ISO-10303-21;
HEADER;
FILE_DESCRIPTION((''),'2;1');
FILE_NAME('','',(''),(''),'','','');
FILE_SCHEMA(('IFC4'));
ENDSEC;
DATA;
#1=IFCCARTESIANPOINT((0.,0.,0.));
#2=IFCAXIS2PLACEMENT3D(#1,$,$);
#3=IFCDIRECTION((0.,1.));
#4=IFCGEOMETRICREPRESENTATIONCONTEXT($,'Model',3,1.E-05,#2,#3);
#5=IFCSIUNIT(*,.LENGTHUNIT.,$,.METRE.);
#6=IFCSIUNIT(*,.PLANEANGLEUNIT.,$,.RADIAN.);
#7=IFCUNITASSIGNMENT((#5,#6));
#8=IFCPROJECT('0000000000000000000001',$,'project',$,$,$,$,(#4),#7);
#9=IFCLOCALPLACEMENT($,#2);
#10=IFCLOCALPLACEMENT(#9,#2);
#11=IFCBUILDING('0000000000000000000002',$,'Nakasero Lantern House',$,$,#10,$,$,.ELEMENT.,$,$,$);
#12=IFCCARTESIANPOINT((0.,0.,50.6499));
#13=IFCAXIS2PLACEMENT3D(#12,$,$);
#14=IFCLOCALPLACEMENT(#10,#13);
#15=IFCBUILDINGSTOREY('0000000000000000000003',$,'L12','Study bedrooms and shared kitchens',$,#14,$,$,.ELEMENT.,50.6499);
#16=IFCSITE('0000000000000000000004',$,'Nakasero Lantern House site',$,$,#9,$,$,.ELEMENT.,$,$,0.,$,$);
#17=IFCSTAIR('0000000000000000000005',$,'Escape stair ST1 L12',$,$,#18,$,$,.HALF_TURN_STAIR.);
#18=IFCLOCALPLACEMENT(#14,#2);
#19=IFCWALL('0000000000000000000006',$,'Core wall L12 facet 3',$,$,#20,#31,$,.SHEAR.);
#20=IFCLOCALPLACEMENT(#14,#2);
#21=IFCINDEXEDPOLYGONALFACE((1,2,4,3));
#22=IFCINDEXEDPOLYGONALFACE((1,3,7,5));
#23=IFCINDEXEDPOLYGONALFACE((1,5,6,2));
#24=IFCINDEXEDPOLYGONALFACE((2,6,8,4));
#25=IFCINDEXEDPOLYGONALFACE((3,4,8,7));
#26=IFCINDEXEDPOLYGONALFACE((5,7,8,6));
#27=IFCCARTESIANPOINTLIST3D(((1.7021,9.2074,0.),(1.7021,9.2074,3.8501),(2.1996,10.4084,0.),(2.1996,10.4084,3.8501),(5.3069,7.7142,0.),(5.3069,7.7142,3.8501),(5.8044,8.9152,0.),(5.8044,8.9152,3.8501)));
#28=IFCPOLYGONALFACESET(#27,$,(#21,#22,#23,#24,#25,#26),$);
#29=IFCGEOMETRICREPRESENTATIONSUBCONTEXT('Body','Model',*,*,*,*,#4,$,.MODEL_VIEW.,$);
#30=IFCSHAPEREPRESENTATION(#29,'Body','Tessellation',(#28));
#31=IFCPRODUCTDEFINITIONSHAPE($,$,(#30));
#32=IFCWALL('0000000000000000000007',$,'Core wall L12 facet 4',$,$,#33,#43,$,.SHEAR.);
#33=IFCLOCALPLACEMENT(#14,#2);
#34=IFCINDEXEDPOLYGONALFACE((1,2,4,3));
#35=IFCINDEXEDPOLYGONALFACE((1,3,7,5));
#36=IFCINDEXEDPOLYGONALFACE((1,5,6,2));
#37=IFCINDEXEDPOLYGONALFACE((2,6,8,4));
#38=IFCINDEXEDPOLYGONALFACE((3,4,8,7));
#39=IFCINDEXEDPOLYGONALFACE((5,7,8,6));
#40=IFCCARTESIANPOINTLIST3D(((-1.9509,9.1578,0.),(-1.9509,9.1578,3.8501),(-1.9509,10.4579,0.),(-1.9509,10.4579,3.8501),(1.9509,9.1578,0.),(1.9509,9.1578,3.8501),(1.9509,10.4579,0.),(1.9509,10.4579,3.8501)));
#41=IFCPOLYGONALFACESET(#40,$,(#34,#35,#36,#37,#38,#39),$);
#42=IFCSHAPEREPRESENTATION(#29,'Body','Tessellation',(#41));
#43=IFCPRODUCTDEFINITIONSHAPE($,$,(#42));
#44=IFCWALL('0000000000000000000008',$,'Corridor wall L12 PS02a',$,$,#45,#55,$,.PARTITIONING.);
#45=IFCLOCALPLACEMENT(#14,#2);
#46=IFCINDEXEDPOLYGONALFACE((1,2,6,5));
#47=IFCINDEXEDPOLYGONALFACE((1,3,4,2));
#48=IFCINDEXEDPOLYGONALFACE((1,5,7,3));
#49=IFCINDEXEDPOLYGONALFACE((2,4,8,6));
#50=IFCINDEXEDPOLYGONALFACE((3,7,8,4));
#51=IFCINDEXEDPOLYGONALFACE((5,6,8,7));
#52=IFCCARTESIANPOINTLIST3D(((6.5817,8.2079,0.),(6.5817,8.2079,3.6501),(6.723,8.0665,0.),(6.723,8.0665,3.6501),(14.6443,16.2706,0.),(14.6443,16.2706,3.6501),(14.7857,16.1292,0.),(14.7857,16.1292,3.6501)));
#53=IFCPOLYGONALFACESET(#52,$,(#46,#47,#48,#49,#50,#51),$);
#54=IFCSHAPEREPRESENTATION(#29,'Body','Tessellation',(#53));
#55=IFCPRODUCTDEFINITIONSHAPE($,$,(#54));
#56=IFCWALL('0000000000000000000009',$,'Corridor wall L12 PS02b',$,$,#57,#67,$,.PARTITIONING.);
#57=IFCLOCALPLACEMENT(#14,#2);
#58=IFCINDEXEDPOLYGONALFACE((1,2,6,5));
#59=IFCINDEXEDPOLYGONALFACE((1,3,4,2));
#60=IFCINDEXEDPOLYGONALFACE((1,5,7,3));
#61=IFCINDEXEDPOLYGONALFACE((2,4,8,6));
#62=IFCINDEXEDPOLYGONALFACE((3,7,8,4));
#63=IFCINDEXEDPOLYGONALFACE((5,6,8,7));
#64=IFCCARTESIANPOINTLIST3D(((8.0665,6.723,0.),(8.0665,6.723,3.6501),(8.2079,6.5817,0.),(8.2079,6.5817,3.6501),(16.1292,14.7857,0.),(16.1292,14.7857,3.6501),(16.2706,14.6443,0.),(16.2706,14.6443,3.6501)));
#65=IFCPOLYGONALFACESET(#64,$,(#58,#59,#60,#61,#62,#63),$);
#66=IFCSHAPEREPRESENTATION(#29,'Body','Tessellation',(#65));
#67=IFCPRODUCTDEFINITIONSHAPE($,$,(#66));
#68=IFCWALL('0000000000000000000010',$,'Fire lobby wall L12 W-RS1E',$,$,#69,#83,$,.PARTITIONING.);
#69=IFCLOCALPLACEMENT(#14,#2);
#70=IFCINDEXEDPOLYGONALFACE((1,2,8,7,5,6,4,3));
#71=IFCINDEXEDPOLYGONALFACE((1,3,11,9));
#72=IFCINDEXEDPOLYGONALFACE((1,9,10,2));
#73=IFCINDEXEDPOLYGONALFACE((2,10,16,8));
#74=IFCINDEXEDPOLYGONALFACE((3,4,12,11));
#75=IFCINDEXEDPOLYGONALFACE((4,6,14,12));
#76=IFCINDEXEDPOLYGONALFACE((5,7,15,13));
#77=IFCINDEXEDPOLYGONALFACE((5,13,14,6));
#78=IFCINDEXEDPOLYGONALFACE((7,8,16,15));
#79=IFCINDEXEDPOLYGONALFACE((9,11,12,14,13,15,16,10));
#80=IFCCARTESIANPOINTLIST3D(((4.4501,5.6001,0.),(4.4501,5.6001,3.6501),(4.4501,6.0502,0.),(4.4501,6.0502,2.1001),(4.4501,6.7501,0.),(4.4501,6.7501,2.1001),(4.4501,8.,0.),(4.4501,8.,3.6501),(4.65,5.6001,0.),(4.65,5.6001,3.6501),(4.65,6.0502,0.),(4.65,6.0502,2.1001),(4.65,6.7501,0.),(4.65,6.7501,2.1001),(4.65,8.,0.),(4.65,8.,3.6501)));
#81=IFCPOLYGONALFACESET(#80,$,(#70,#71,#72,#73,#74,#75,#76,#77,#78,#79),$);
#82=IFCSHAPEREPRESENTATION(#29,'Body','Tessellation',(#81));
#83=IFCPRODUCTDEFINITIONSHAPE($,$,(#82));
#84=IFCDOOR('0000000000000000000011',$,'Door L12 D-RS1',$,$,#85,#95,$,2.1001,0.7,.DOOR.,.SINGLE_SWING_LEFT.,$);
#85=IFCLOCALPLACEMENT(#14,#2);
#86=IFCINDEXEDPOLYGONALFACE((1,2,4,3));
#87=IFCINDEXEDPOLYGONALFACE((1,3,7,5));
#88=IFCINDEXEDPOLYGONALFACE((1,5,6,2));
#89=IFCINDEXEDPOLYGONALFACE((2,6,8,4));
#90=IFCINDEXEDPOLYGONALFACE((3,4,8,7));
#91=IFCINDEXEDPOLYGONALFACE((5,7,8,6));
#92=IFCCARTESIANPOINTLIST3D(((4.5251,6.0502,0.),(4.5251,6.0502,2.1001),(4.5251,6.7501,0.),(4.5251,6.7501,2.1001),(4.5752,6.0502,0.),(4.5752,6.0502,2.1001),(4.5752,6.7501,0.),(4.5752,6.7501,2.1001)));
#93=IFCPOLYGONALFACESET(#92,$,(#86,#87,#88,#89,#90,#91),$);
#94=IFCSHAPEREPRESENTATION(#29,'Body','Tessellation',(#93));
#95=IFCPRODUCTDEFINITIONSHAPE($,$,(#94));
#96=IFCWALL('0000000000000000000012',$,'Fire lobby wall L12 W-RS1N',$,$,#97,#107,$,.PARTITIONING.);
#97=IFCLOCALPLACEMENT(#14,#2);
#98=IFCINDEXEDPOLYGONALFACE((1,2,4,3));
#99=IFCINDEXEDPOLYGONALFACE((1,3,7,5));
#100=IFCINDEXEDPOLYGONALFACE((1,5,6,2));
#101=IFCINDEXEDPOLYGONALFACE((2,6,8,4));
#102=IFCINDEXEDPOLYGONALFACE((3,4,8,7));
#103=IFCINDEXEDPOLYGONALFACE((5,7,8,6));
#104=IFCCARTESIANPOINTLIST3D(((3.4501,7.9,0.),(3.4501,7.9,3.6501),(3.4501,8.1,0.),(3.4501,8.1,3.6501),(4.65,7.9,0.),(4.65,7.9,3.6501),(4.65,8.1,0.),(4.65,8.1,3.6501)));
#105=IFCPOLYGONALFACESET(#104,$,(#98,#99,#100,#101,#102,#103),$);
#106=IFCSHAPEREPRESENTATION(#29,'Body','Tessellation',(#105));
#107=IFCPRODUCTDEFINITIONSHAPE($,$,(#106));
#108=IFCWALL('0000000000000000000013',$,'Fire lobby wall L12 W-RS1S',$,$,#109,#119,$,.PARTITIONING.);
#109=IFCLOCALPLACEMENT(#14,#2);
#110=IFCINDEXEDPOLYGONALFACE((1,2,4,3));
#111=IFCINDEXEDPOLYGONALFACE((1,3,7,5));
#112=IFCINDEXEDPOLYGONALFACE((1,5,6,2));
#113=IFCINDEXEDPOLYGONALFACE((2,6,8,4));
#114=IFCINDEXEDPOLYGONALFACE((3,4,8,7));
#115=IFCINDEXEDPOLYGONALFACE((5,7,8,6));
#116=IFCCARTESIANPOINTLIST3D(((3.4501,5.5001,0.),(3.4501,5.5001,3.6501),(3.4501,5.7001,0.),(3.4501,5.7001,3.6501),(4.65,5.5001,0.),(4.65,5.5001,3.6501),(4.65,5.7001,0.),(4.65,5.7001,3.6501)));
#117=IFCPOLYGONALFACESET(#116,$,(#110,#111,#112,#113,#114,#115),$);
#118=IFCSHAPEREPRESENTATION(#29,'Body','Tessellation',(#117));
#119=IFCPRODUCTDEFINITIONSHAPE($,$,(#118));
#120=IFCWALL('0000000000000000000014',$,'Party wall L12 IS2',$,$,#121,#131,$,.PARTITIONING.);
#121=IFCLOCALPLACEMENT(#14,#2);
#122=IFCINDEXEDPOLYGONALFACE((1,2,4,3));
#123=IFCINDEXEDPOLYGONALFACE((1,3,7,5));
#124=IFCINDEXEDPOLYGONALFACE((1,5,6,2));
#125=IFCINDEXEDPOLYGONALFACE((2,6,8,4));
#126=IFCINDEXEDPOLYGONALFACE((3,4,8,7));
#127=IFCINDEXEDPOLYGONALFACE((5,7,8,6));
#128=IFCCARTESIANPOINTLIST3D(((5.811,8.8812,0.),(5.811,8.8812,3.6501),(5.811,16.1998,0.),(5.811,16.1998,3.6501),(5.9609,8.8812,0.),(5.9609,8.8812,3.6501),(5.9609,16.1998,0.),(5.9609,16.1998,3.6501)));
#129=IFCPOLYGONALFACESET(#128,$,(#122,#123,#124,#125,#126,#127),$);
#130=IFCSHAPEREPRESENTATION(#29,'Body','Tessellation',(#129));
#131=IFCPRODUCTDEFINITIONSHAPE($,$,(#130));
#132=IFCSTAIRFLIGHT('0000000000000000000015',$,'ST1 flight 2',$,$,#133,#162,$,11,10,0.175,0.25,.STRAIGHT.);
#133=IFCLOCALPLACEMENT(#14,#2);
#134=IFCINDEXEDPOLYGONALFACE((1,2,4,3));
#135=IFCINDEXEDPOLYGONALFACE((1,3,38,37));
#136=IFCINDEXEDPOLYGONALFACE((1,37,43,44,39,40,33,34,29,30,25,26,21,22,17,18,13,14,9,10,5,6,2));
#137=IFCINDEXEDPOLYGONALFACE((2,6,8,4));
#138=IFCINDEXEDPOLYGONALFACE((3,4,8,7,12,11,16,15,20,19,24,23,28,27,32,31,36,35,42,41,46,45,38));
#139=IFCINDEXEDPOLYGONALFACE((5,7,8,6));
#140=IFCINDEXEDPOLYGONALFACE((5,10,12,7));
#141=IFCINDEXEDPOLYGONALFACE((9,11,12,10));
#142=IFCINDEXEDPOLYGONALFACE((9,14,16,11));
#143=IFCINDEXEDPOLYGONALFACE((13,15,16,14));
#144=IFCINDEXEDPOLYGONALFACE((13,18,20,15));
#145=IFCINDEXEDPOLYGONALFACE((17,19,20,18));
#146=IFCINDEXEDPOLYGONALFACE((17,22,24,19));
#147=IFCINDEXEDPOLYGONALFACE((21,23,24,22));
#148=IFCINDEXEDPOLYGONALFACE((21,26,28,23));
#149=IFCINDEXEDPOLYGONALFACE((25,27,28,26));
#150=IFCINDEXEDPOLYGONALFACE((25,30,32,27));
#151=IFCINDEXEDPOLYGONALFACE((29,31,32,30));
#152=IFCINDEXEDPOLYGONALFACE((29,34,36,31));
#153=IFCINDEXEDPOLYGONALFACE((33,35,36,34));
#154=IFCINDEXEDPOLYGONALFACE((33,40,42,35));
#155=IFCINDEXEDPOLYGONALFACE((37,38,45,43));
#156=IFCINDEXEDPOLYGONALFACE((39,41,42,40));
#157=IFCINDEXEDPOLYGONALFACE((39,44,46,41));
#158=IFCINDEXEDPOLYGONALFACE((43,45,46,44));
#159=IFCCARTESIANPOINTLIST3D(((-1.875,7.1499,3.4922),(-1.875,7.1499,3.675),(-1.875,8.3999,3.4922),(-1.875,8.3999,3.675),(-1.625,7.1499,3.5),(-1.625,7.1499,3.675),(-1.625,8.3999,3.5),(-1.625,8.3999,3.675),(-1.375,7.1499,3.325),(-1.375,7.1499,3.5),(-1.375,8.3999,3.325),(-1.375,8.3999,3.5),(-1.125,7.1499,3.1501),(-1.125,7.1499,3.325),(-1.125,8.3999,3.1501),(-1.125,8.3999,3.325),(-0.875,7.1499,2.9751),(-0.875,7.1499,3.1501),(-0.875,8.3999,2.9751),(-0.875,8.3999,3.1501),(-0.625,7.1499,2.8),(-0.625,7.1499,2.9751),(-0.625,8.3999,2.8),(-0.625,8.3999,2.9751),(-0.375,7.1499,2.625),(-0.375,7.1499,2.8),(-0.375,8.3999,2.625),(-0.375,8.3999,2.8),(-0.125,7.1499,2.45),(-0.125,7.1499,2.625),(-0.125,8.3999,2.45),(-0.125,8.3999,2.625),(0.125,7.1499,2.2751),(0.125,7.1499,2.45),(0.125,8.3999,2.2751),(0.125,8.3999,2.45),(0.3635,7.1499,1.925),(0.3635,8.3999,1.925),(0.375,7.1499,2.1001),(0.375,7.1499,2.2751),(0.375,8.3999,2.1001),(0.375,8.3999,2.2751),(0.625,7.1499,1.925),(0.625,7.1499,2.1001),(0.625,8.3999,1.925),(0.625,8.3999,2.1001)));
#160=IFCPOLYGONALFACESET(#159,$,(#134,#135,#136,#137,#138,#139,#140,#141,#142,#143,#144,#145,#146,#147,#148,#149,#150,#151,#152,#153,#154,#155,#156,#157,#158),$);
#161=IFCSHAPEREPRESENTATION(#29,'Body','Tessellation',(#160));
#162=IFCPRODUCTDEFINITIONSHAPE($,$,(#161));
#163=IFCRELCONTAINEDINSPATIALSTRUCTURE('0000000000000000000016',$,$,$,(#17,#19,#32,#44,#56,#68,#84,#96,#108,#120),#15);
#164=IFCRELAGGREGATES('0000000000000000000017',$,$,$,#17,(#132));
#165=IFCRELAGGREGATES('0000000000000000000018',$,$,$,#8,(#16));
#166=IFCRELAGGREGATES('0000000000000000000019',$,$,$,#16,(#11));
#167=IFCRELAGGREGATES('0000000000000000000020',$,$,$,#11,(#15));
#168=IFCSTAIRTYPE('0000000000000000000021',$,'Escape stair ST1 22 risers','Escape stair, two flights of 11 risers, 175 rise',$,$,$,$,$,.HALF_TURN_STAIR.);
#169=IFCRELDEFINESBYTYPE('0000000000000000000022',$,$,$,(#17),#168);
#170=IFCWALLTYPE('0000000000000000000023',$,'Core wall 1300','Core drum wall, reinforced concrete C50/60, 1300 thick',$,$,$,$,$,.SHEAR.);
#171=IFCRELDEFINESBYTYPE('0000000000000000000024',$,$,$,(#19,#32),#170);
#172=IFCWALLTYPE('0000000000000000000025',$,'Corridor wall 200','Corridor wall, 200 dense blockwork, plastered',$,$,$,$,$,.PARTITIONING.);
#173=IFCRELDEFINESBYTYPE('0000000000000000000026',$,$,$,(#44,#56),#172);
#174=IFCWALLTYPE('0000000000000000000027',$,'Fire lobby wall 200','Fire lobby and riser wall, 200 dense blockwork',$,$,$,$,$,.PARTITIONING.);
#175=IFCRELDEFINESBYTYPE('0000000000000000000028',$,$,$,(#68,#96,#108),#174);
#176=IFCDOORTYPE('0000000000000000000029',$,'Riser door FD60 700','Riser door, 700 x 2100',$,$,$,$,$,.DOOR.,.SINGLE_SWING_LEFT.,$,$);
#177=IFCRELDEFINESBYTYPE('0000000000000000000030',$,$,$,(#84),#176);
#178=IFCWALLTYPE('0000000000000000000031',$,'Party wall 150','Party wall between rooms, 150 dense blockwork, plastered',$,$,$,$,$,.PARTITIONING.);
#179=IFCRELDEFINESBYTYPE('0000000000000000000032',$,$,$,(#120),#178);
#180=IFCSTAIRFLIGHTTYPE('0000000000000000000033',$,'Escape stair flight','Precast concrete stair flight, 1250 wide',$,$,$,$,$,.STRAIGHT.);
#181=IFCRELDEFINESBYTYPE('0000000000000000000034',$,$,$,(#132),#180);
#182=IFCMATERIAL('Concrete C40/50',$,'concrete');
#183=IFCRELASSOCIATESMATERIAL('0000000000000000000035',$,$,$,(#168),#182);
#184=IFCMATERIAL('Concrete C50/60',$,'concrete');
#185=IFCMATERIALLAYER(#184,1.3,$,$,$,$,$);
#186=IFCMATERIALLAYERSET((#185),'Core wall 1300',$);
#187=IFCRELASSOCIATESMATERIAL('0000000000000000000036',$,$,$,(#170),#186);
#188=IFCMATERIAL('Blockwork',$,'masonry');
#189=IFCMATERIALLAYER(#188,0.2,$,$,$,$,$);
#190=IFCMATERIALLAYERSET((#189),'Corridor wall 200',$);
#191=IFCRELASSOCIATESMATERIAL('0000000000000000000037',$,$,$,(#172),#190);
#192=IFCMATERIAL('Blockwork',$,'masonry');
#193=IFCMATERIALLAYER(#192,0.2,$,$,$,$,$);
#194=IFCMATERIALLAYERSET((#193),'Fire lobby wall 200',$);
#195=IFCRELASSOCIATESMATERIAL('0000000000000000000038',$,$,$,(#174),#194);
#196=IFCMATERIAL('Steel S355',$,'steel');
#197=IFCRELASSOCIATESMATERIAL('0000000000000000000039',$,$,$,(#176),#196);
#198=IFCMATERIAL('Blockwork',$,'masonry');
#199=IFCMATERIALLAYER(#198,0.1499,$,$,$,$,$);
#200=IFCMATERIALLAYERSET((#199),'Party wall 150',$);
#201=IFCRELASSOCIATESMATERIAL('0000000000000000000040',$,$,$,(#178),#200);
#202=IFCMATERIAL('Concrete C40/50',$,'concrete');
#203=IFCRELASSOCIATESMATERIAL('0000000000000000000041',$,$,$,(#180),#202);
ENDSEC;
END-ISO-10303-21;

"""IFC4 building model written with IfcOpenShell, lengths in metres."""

from ifc_helpers import new_model, si_unit, direction, frame, frame_2d, origin, place, context, subcontext, project, spatial, polyline, rectangle, outline, extrude, material, layer, layer_set, type_object, element, fill, aggregate, save


model = new_model("IFC4")

# Units and contexts
model_context = context("Model", 3, precision=1e-05, world=origin(), true_north=direction((0.0, 1.0)))
body_context = subcontext(model_context, "Body", "Model", "MODEL_VIEW")
ifc_project = project(units=[si_unit("LENGTHUNIT", "METRE"), si_unit("PLANEANGLEUNIT", "RADIAN")], contexts=[model_context])

# Site, building, storey
site_placement = place(None, origin())
site = spatial("IfcSite", under=ifc_project, at=site_placement, Name="Nakasero Lantern House site", CompositionType="ELEMENT", RefElevation=0.0)
building_placement = place(site_placement, origin())
building = spatial("IfcBuilding", under=site, at=building_placement, Name="Nakasero Lantern House", CompositionType="ELEMENT")
storey_placement = place(building_placement, frame((0.0, 0.0, 50.6499)))
storey = spatial("IfcBuildingStorey", under=building, at=storey_placement, Name="L12", Description="Study bedrooms and shared kitchens", CompositionType="ELEMENT", Elevation=50.6499)

# Stair
ifc_material_1 = material(Name="Concrete C40/50", Category="concrete")
stair_type_1 = type_object("IfcStairType", Name="Escape stair ST1 22 risers", Description="Escape stair, two flights of 11 risers, 175 rise", PredefinedType="HALF_TURN_STAIR", material=ifc_material_1)
stair_1_placement = place(storey_placement, origin())
stair_1 = element("IfcStair", 1, at=stair_1_placement, inside=storey, type_object=stair_type_1, Name="Escape stair ST1 L12", PredefinedType="HALF_TURN_STAIR")

# Shared definitions
ifc_material_2 = material(Name="Concrete C50/60", Category="concrete")
ifc_layer_1 = layer(ifc_material_2, 1.3)
ifc_layer_set_1 = layer_set([ifc_layer_1], Name="Core wall 1300")
wall_type_1 = type_object("IfcWallType", Name="Core wall 1300", Description="Core drum wall, reinforced concrete C50/60, 1300 thick", PredefinedType="SHEAR", material=ifc_layer_set_1)

# Walls
for number, where, z_axis, x_axis, name in (
    (2, (5.5557, 8.3147, 0.0), (0.0, 0.0, 1.0), (-0.923877, 0.382691, 0.0), "Core wall L12 facet 3"),
    (3, (1.9509, 9.8079, 0.0), (0.0, 0.0, 1.0), (-1.0, 0.0, 0.0), "Core wall L12 facet 4"),
):
    element("IfcWall", number, at=place(storey_placement, frame(where, z_axis=z_axis, x_axis=x_axis)), inside=storey, type_object=wall_type_1, Name=name, PredefinedType="SHEAR", context=body_context, shape_type="SweptSolid", body=[
        extrude(rectangle(XDim=3.9019, YDim=1.3, at=frame_2d((1.9509, 0.0))), origin(), (0.0, 0.0, 1.0), 3.8501),
    ])
ifc_material_3 = material(Name="Blockwork", Category="masonry")
ifc_layer_2 = layer(ifc_material_3, 0.2)
ifc_layer_set_2 = layer_set([ifc_layer_2], Name="Corridor wall 200")
wall_type_2 = type_object("IfcWallType", Name="Corridor wall 200", Description="Corridor wall, 200 dense blockwork, plastered", PredefinedType="PARTITIONING", material=ifc_layer_set_2)
for number, where, z_axis, x_axis, name in (
    (4, (6.6523, 8.1372, 0.0), (0.0, 0.0, 1.0), (0.707107, 0.707107, 0.0), "Corridor wall L12 PS02a"),
    (5, (8.1372, 6.6523, 0.0), (0.0, 0.0, 1.0), (0.707107, 0.707107, 0.0), "Corridor wall L12 PS02b"),
):
    element("IfcWall", number, at=place(storey_placement, frame(where, z_axis=z_axis, x_axis=x_axis)), inside=storey, type_object=wall_type_2, Name=name, PredefinedType="PARTITIONING", context=body_context, shape_type="SweptSolid", body=[
        extrude(rectangle(XDim=11.4023, YDim=0.2, at=frame_2d((5.7012, 0.0))), origin(), (0.0, 0.0, 1.0), 3.6501),
    ])

# Wall, opening, door
ifc_material_4 = material(Name="Blockwork", Category="masonry")
ifc_layer_3 = layer(ifc_material_4, 0.2)
ifc_layer_set_3 = layer_set([ifc_layer_3], Name="Fire lobby wall 200")
wall_type_3 = type_object("IfcWallType", Name="Fire lobby wall 200", Description="Fire lobby and riser wall, 200 dense blockwork", PredefinedType="PARTITIONING", material=ifc_layer_set_3)
wall_1_placement = place(storey_placement, frame((4.55, 5.6001, 0.0), z_axis=(0.0, 0.0, 1.0), x_axis=(0.0, 1.0, 0.0)))
wall_1 = element("IfcWall", 6, at=wall_1_placement, inside=storey, type_object=wall_type_3, Name="Fire lobby wall L12 W-RS1E", PredefinedType="PARTITIONING", context=body_context, shape_type="SweptSolid", body=[
    extrude(rectangle(XDim=2.3999, YDim=0.2, at=frame_2d((1.2, 0.0))), origin(), (0.0, 0.0, 1.0), 3.6501),
])
opening_1_placement = place(wall_1_placement, frame((0.45, 0.0, 0.0)))
opening_1 = element("IfcOpeningElement", 7, at=opening_1_placement, cuts=wall_1, PredefinedType="OPENING", context=body_context, shape_type="SweptSolid", body=[
    extrude(rectangle(XDim=0.7, YDim=2.1001, at=frame_2d((0.3501, 1.05))), frame((0.0, 0.1199, 0.0), z_axis=(0.0, -1.0, 0.0), x_axis=(1.0, 0.0, 0.0)), (0.0, 0.0, 1.0), 0.24),
])
ifc_material_5 = material(Name="Steel S355", Category="steel")
door_type_1 = type_object("IfcDoorType", Name="Riser door FD60 700", Description="Riser door, 700 x 2100", OperationType="SINGLE_SWING_LEFT", PredefinedType="DOOR", material=ifc_material_5)
door_1_placement = place(opening_1_placement, origin())
door_1 = element("IfcDoor", 8, at=door_1_placement, inside=storey, type_object=door_type_1, Name="Door L12 D-RS1", OperationType="SINGLE_SWING_LEFT", OverallHeight=2.1001, OverallWidth=0.7, PredefinedType="DOOR", context=body_context, shape_type="SweptSolid", body=[
    extrude(rectangle(XDim=0.7, YDim=2.1001, at=frame_2d((0.3501, 1.05))), frame((0.0, 0.0249, 0.0), z_axis=(0.0, -1.0, 0.0), x_axis=(1.0, 0.0, 0.0)), (0.0, 0.0, 1.0), 0.05),
])
fill(opening_1, door_1)

# Walls
for number, where, z_axis, x_axis, name in (
    (9, (3.45, 8.0, 0.0), (0.0, 0.0, 1.0), (1.0, 0.0, 0.0), "Fire lobby wall L12 W-RS1N"),
    (10, (3.45, 5.6001, 0.0), (0.0, 0.0, 1.0), (1.0, 0.0, 0.0), "Fire lobby wall L12 W-RS1S"),
):
    element("IfcWall", number, at=place(storey_placement, frame(where, z_axis=z_axis, x_axis=x_axis)), inside=storey, type_object=wall_type_3, Name=name, PredefinedType="PARTITIONING", context=body_context, shape_type="SweptSolid", body=[
        extrude(rectangle(XDim=1.2, YDim=0.2, at=frame_2d((0.6001, 0.0))), origin(), (0.0, 0.0, 1.0), 3.6501),
    ])
ifc_material_6 = material(Name="Blockwork", Category="masonry")
ifc_layer_4 = layer(ifc_material_6, 0.1499)
ifc_layer_set_4 = layer_set([ifc_layer_4], Name="Party wall 150")
wall_type_4 = type_object("IfcWallType", Name="Party wall 150", Description="Party wall between rooms, 150 dense blockwork, plastered", PredefinedType="PARTITIONING", material=ifc_layer_set_4)
wall_2_placement = place(storey_placement, frame((5.886, 8.8813, 0.0), z_axis=(0.0, 0.0, 1.0), x_axis=(0.0, 1.0, 0.0)))
element("IfcWall", 11, at=wall_2_placement, inside=storey, type_object=wall_type_4, Name="Party wall L12 IS2", PredefinedType="PARTITIONING", context=body_context, shape_type="SweptSolid", body=[
    extrude(rectangle(XDim=7.3186, YDim=0.1499, at=frame_2d((3.6592, 0.0))), origin(), (0.0, 0.0, 1.0), 3.6501),
])

# Stair flight
ifc_material_7 = material(Name="Concrete C40/50", Category="concrete")
stair_flight_type = type_object("IfcStairFlightType", Name="Escape stair flight", Description="Precast concrete stair flight, 1250 wide", PredefinedType="STRAIGHT", material=ifc_material_7)
stair_flight_placement = place(storey_placement, frame((0.625, 7.7749, 1.925), z_axis=(0.0, 0.0, 1.0), x_axis=(-1.0, 0.0, 0.0)))
stair_flight = element("IfcStairFlight", 12, at=stair_flight_placement, type_object=stair_flight_type, Name="ST1 flight 2", NumberOfRisers=11, NumberOfTreads=10, PredefinedType="STRAIGHT", RiserHeight=0.175, TreadLength=0.25, context=body_context, shape_type="SweptSolid", body=[
    extrude(outline(polyline([(0.0, 0.0), (0.0, 0.175), (0.25, 0.175), (0.25, 0.3501), (0.5, 0.3501), (0.5, 0.5249), (0.75, 0.5249), (0.75, 0.7), (1.0, 0.7), (1.0, 0.875), (1.25, 0.875), (1.25, 1.05), (1.5, 1.05), (1.5, 1.2251), (1.75, 1.2251), (1.75, 1.3999), (2.0, 1.3999), (2.0, 1.575), (2.25, 1.575), (2.25, 1.75), (2.5, 1.75), (2.5, 1.925), (2.5, 1.5671), (0.2615, 0.0), (0.0, 0.0)])), frame((0.0, 0.625, 0.0), z_axis=(0.0, -1.0, 0.0), x_axis=(1.0, 0.0, 0.0)), (0.0, 0.0, 1.0), 1.25),
])
aggregate(stair_1, [stair_flight])

save(model, "model.ifc")
